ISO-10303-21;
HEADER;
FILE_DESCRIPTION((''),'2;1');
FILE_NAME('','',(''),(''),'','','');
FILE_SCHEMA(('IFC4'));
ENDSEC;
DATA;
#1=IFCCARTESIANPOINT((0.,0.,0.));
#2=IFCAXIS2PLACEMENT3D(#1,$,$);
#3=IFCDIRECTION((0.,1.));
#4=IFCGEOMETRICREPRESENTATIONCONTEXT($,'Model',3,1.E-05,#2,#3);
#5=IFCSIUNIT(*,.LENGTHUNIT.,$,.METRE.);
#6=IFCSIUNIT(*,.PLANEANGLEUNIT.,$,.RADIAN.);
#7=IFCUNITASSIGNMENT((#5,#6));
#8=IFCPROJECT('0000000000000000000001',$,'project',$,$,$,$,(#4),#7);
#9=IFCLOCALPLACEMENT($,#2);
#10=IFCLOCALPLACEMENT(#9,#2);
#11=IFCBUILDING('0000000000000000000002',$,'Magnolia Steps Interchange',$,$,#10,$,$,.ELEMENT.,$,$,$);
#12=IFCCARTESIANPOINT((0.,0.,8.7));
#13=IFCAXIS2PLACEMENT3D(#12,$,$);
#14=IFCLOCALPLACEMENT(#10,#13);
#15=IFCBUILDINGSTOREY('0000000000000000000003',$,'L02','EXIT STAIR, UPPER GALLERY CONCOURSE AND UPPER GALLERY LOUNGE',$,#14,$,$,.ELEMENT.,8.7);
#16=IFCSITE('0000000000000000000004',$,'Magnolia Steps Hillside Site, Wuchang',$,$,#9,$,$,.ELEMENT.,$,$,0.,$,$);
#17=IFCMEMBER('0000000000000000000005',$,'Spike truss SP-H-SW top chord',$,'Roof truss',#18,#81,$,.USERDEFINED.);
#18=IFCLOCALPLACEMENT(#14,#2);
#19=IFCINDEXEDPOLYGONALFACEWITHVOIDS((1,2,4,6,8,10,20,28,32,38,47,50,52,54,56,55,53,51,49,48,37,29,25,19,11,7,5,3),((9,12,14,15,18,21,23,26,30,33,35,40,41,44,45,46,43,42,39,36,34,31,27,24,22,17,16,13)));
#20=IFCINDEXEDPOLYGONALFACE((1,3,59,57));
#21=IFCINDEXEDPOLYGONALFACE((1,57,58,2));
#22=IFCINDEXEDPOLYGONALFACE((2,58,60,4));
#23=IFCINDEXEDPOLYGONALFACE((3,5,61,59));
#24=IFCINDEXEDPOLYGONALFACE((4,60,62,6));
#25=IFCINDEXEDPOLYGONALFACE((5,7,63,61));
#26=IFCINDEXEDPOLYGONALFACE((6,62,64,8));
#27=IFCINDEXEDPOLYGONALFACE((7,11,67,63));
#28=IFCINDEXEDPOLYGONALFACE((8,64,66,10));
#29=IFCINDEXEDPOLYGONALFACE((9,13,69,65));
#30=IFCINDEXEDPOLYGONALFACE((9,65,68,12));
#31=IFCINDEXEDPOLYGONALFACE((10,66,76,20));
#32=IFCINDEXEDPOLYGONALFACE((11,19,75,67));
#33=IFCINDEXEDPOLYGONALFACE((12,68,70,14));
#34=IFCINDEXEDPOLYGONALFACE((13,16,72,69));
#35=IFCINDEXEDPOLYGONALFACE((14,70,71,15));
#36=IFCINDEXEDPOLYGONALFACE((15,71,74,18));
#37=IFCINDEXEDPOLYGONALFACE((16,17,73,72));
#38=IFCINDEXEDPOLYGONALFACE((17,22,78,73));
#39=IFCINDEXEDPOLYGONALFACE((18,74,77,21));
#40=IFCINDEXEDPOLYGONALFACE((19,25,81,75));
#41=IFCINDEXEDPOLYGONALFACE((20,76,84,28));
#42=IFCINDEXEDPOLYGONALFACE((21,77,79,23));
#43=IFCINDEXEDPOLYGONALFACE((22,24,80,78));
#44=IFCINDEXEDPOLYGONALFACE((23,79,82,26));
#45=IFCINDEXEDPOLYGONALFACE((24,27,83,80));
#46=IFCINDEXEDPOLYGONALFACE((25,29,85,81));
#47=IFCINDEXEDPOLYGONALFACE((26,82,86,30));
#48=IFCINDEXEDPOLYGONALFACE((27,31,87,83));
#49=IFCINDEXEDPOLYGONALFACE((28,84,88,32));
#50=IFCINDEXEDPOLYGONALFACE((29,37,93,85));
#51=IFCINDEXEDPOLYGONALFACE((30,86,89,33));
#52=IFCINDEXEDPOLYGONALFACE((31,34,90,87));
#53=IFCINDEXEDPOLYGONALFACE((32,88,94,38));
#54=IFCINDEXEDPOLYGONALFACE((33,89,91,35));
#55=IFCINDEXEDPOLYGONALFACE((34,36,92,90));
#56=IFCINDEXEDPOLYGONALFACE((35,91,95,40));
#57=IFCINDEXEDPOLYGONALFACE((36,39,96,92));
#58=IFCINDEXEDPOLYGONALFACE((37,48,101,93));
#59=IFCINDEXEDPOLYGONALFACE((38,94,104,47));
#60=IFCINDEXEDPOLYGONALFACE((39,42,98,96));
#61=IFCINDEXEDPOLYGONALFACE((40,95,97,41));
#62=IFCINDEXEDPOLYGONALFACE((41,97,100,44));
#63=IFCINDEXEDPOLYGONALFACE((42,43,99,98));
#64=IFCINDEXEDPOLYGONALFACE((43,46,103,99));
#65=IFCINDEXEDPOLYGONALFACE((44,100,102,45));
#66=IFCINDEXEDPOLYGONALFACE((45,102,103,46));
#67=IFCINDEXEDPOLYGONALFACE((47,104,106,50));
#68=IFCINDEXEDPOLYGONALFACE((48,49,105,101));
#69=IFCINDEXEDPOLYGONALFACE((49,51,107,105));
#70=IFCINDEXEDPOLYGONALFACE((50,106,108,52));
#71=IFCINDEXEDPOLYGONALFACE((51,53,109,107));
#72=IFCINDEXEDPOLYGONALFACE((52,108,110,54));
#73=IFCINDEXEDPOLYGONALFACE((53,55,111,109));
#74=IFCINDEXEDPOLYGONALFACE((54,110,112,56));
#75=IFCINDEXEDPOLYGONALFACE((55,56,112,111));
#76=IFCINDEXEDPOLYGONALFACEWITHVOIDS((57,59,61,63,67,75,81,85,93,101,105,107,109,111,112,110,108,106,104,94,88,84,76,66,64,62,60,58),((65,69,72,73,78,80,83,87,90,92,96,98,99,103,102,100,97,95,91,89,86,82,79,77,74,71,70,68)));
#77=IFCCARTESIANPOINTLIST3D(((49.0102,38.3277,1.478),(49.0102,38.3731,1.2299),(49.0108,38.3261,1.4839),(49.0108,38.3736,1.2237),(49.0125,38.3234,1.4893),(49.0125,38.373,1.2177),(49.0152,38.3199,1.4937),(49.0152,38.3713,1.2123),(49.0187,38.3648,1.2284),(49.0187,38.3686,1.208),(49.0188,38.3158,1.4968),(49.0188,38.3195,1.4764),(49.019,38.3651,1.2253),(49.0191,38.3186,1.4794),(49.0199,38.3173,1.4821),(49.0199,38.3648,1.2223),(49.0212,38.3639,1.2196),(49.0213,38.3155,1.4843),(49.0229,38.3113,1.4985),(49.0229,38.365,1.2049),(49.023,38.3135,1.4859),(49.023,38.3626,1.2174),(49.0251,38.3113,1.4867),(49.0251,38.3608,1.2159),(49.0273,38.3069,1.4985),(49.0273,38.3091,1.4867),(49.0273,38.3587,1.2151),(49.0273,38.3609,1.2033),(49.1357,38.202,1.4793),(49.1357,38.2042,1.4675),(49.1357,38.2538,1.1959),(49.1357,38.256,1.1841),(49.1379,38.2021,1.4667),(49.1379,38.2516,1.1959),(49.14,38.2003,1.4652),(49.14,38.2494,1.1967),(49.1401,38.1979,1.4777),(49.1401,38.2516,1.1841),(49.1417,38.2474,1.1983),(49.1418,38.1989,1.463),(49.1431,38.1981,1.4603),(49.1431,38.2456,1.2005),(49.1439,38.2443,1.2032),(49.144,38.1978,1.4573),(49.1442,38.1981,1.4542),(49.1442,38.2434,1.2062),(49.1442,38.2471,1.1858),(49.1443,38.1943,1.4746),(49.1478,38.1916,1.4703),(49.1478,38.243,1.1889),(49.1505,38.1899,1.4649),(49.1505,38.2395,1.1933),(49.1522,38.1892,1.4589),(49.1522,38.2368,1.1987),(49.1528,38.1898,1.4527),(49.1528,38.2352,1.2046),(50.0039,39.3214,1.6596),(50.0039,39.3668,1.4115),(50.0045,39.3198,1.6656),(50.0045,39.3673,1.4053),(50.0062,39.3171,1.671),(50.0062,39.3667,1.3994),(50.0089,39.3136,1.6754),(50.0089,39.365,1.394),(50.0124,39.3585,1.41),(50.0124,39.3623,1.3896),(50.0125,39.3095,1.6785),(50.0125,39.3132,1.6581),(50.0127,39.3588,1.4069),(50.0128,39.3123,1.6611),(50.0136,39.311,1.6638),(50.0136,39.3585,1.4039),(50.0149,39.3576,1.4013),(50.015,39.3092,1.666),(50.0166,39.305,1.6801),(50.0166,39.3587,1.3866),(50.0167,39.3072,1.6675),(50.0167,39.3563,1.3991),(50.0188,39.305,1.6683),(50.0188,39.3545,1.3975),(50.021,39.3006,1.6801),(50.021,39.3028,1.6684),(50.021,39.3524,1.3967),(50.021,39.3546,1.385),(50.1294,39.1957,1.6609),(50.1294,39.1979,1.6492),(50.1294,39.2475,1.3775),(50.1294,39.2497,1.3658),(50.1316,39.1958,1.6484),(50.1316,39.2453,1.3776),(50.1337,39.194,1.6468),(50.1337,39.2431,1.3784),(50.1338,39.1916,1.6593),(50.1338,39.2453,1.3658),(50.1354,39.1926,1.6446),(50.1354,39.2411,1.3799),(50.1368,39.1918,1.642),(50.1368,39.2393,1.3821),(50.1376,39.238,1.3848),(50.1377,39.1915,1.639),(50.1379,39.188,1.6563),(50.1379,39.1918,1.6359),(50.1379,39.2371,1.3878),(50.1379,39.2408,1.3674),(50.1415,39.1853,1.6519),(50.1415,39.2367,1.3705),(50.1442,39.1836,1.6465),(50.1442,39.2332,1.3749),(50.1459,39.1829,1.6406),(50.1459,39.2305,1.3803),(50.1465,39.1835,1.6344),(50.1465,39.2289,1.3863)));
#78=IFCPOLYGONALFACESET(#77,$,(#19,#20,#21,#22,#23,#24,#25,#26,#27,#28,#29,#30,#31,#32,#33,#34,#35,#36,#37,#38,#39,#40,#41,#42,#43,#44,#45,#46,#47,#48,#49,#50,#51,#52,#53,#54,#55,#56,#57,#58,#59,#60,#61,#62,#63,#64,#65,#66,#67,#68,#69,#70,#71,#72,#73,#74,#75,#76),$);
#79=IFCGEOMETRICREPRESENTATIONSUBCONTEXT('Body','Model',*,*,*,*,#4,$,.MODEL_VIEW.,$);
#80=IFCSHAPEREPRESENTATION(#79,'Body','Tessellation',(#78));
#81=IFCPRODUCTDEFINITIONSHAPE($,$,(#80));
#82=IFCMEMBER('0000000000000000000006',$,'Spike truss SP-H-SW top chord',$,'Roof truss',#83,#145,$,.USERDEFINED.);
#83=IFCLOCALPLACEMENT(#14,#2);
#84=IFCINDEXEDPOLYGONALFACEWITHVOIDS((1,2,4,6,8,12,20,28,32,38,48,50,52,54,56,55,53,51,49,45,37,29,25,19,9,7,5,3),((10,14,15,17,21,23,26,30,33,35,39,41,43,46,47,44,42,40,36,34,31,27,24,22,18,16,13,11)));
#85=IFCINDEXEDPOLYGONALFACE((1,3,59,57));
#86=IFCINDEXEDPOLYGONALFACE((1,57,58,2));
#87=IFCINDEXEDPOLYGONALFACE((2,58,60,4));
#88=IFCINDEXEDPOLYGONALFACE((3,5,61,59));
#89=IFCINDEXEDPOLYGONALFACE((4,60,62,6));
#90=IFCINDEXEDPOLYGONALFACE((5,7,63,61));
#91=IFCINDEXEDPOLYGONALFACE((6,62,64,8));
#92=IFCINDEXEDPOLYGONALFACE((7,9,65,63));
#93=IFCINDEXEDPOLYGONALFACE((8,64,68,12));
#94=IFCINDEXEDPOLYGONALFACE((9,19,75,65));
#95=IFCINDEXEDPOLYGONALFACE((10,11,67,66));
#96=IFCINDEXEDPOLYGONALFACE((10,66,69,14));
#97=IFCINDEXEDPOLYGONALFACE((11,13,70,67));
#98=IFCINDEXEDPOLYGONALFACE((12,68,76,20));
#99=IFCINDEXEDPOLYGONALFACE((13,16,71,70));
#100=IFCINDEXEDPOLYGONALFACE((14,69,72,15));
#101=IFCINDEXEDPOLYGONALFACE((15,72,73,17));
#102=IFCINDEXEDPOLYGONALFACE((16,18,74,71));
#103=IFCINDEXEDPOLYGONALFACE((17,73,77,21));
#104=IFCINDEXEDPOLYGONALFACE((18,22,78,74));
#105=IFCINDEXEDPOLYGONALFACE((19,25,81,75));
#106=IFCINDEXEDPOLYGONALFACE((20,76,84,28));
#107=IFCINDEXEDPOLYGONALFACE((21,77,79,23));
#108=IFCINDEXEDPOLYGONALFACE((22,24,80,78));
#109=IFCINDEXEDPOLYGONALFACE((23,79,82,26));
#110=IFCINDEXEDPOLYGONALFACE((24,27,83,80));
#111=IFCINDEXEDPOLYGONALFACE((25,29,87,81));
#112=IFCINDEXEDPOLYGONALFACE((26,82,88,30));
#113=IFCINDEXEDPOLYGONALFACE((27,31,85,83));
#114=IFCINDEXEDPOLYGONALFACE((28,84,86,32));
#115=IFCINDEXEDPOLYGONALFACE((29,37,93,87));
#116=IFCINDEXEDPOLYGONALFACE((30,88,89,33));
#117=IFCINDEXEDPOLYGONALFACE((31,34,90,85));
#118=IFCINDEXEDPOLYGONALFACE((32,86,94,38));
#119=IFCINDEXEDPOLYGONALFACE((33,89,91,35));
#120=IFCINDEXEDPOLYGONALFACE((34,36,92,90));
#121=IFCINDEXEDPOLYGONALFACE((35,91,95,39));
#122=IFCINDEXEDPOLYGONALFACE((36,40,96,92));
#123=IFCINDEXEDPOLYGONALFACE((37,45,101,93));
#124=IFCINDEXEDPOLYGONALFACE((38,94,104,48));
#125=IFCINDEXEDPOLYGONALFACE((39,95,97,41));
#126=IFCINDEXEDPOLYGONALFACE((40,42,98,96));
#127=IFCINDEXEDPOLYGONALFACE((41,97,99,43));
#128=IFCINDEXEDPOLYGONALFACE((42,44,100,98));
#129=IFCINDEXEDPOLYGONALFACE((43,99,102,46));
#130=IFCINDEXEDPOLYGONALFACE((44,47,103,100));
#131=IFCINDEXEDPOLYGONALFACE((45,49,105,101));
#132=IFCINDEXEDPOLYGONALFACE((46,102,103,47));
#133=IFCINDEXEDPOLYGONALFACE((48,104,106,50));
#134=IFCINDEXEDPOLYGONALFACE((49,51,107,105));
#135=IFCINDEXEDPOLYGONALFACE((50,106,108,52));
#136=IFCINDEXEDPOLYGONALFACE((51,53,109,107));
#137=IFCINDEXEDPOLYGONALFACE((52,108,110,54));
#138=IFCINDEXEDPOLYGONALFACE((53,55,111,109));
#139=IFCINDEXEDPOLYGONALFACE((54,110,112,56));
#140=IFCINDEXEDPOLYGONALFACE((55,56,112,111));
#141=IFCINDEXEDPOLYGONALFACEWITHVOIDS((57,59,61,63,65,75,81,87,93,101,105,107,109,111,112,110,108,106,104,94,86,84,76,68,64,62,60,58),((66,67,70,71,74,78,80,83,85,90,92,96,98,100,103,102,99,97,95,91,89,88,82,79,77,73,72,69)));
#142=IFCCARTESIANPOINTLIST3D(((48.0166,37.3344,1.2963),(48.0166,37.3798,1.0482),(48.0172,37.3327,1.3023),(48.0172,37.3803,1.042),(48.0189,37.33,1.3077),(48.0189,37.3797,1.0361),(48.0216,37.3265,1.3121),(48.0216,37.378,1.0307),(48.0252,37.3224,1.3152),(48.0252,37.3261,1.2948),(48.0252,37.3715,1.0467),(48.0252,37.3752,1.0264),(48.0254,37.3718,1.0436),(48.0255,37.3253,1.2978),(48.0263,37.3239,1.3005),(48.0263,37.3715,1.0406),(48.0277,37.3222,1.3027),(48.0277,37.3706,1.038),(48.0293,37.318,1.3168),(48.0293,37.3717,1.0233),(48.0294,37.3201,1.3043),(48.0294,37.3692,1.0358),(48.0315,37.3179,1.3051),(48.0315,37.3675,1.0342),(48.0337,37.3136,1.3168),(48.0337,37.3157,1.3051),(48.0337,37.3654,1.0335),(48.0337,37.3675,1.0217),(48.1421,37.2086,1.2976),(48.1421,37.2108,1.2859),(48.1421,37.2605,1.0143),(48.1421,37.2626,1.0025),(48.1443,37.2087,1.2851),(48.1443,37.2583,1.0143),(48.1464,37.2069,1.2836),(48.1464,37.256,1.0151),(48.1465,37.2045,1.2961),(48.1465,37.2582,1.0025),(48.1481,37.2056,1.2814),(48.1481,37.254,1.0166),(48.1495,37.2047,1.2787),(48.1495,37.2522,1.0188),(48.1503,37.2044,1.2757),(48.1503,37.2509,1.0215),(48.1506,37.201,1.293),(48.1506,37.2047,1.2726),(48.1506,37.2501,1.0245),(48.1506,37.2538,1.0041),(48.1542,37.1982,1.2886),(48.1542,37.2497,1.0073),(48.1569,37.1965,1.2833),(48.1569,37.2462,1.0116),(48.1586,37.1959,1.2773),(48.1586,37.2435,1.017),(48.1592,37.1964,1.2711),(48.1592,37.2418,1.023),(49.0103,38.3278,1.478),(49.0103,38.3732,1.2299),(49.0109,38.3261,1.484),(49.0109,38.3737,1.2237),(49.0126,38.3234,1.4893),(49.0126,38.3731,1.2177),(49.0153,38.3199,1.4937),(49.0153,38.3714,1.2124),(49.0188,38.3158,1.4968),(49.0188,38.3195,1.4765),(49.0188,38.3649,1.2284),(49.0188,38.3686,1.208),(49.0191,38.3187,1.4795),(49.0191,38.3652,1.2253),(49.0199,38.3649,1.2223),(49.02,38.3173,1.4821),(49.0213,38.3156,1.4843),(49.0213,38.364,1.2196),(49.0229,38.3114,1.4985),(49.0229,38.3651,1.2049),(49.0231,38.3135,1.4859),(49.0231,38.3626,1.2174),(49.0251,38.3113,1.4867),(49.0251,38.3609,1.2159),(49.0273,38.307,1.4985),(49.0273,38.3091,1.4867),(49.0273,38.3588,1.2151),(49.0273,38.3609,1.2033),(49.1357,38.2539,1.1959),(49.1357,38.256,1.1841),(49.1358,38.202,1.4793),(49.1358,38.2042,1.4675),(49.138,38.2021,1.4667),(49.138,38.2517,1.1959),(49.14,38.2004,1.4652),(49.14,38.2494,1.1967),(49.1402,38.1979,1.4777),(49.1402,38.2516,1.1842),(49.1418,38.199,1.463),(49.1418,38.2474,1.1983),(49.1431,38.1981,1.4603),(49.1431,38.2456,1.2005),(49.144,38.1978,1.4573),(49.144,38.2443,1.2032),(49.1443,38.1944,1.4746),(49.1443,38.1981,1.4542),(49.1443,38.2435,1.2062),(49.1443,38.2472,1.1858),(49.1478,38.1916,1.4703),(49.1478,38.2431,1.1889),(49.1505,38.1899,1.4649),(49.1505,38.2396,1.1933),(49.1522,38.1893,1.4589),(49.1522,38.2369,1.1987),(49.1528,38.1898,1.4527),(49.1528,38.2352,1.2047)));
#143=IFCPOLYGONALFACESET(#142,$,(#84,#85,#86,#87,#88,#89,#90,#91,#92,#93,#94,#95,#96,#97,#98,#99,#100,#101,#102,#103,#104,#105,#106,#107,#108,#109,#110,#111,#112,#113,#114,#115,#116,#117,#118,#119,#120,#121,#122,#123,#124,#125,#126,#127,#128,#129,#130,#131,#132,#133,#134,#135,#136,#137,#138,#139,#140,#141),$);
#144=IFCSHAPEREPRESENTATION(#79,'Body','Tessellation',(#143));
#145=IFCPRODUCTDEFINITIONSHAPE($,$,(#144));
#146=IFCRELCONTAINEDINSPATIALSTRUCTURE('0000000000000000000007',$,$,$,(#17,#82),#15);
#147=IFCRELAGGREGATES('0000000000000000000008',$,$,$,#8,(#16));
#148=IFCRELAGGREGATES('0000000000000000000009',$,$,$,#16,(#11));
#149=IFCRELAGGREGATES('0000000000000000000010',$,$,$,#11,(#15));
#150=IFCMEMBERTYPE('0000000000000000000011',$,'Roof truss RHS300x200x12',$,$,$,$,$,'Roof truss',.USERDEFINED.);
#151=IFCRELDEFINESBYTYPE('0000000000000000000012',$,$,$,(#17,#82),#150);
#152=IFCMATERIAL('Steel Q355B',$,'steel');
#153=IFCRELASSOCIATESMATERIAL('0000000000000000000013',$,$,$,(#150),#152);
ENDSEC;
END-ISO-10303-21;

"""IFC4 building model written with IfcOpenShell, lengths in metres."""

from ifc_helpers import new_model, si_unit, direction, frame, origin, origin_2d, place, context, subcontext, project, spatial, hollow_rectangle, extrude, material, material_profile, profile_set, type_object, element, save


model = new_model("IFC4")

# Units and contexts
model_context = context("Model", 3, precision=1e-05, world=origin(), true_north=direction((0.0, 1.0)))
body_context = subcontext(model_context, "Body", "Model", "MODEL_VIEW")
ifc_project = project(units=[si_unit("LENGTHUNIT", "METRE"), si_unit("PLANEANGLEUNIT", "RADIAN")], contexts=[model_context])

# Site, building, storey
site_placement = place(None, origin())
site = spatial("IfcSite", under=ifc_project, at=site_placement, Name="Magnolia Steps Hillside Site, Wuchang", CompositionType="ELEMENT", RefElevation=0.0)
building_placement = place(site_placement, origin())
building = spatial("IfcBuilding", under=site, at=building_placement, Name="Magnolia Steps Interchange", CompositionType="ELEMENT")
storey_placement = place(building_placement, frame((0.0, 0.0, 8.7)))
storey = spatial("IfcBuildingStorey", under=building, at=storey_placement, Name="L02", Description="EXIT STAIR, UPPER GALLERY CONCOURSE AND UPPER GALLERY LOUNGE", CompositionType="ELEMENT", Elevation=8.7)

# Members
ifc_material_1 = material(Name="Steel Q355B", Category="steel")
ifc_material_profile_1 = material_profile(ifc_material_1, hollow_rectangle(XDim=0.2, YDim=0.3, WallThickness=0.012, InnerFilletRadius=0.012, OuterFilletRadius=0.0239, at=origin_2d()), Name="RHS300x200x12")
ifc_profile_set_1 = profile_set([ifc_material_profile_1], Name="Steel Q355B")
member_type_1 = type_object("IfcMemberType", Name="Roof truss RHS300x200x12", ElementType="Roof truss", PredefinedType="USERDEFINED", material=ifc_profile_set_1)
for number, where, z_axis, x_axis, name in (
    (1, (50.0752, 39.2751, 1.5229), (-0.701273, -0.701273, -0.128193), (0.712893, -0.689826, -0.126188), "Spike truss SP-H-SW top chord"),
):
    element("IfcMember", number, at=place(storey_placement, frame(where, z_axis=z_axis, x_axis=x_axis)), inside=storey, type_object=member_type_1, Name=name, ObjectType="Roof truss", PredefinedType="USERDEFINED", context=body_context, shape_type="SweptSolid", body=[
        extrude(hollow_rectangle(XDim=0.2, YDim=0.3, WallThickness=0.012, InnerFilletRadius=0.012, OuterFilletRadius=0.0239, at=origin_2d()), origin(), (0.0, 0.0, 1.0), 1.417),
    ])
for number, where, z_axis, x_axis, name in (
    (2, (49.0815, 38.2815, 1.3413), (-0.701357, -0.701185, -0.128209), (0.71281, -0.689912, -0.126188), "Spike truss SP-H-SW top chord"),
):
    element("IfcMember", number, at=place(storey_placement, frame(where, z_axis=z_axis, x_axis=x_axis)), inside=storey, type_object=member_type_1, Name=name, ObjectType="Roof truss", PredefinedType="USERDEFINED", context=body_context, shape_type="SweptSolid", body=[
        extrude(hollow_rectangle(XDim=0.2, YDim=0.3, WallThickness=0.012, InnerFilletRadius=0.012, OuterFilletRadius=0.0239, at=origin_2d()), origin(), (0.0, 0.0, 1.0), 1.4167),
    ])

save(model, "model.ifc")
